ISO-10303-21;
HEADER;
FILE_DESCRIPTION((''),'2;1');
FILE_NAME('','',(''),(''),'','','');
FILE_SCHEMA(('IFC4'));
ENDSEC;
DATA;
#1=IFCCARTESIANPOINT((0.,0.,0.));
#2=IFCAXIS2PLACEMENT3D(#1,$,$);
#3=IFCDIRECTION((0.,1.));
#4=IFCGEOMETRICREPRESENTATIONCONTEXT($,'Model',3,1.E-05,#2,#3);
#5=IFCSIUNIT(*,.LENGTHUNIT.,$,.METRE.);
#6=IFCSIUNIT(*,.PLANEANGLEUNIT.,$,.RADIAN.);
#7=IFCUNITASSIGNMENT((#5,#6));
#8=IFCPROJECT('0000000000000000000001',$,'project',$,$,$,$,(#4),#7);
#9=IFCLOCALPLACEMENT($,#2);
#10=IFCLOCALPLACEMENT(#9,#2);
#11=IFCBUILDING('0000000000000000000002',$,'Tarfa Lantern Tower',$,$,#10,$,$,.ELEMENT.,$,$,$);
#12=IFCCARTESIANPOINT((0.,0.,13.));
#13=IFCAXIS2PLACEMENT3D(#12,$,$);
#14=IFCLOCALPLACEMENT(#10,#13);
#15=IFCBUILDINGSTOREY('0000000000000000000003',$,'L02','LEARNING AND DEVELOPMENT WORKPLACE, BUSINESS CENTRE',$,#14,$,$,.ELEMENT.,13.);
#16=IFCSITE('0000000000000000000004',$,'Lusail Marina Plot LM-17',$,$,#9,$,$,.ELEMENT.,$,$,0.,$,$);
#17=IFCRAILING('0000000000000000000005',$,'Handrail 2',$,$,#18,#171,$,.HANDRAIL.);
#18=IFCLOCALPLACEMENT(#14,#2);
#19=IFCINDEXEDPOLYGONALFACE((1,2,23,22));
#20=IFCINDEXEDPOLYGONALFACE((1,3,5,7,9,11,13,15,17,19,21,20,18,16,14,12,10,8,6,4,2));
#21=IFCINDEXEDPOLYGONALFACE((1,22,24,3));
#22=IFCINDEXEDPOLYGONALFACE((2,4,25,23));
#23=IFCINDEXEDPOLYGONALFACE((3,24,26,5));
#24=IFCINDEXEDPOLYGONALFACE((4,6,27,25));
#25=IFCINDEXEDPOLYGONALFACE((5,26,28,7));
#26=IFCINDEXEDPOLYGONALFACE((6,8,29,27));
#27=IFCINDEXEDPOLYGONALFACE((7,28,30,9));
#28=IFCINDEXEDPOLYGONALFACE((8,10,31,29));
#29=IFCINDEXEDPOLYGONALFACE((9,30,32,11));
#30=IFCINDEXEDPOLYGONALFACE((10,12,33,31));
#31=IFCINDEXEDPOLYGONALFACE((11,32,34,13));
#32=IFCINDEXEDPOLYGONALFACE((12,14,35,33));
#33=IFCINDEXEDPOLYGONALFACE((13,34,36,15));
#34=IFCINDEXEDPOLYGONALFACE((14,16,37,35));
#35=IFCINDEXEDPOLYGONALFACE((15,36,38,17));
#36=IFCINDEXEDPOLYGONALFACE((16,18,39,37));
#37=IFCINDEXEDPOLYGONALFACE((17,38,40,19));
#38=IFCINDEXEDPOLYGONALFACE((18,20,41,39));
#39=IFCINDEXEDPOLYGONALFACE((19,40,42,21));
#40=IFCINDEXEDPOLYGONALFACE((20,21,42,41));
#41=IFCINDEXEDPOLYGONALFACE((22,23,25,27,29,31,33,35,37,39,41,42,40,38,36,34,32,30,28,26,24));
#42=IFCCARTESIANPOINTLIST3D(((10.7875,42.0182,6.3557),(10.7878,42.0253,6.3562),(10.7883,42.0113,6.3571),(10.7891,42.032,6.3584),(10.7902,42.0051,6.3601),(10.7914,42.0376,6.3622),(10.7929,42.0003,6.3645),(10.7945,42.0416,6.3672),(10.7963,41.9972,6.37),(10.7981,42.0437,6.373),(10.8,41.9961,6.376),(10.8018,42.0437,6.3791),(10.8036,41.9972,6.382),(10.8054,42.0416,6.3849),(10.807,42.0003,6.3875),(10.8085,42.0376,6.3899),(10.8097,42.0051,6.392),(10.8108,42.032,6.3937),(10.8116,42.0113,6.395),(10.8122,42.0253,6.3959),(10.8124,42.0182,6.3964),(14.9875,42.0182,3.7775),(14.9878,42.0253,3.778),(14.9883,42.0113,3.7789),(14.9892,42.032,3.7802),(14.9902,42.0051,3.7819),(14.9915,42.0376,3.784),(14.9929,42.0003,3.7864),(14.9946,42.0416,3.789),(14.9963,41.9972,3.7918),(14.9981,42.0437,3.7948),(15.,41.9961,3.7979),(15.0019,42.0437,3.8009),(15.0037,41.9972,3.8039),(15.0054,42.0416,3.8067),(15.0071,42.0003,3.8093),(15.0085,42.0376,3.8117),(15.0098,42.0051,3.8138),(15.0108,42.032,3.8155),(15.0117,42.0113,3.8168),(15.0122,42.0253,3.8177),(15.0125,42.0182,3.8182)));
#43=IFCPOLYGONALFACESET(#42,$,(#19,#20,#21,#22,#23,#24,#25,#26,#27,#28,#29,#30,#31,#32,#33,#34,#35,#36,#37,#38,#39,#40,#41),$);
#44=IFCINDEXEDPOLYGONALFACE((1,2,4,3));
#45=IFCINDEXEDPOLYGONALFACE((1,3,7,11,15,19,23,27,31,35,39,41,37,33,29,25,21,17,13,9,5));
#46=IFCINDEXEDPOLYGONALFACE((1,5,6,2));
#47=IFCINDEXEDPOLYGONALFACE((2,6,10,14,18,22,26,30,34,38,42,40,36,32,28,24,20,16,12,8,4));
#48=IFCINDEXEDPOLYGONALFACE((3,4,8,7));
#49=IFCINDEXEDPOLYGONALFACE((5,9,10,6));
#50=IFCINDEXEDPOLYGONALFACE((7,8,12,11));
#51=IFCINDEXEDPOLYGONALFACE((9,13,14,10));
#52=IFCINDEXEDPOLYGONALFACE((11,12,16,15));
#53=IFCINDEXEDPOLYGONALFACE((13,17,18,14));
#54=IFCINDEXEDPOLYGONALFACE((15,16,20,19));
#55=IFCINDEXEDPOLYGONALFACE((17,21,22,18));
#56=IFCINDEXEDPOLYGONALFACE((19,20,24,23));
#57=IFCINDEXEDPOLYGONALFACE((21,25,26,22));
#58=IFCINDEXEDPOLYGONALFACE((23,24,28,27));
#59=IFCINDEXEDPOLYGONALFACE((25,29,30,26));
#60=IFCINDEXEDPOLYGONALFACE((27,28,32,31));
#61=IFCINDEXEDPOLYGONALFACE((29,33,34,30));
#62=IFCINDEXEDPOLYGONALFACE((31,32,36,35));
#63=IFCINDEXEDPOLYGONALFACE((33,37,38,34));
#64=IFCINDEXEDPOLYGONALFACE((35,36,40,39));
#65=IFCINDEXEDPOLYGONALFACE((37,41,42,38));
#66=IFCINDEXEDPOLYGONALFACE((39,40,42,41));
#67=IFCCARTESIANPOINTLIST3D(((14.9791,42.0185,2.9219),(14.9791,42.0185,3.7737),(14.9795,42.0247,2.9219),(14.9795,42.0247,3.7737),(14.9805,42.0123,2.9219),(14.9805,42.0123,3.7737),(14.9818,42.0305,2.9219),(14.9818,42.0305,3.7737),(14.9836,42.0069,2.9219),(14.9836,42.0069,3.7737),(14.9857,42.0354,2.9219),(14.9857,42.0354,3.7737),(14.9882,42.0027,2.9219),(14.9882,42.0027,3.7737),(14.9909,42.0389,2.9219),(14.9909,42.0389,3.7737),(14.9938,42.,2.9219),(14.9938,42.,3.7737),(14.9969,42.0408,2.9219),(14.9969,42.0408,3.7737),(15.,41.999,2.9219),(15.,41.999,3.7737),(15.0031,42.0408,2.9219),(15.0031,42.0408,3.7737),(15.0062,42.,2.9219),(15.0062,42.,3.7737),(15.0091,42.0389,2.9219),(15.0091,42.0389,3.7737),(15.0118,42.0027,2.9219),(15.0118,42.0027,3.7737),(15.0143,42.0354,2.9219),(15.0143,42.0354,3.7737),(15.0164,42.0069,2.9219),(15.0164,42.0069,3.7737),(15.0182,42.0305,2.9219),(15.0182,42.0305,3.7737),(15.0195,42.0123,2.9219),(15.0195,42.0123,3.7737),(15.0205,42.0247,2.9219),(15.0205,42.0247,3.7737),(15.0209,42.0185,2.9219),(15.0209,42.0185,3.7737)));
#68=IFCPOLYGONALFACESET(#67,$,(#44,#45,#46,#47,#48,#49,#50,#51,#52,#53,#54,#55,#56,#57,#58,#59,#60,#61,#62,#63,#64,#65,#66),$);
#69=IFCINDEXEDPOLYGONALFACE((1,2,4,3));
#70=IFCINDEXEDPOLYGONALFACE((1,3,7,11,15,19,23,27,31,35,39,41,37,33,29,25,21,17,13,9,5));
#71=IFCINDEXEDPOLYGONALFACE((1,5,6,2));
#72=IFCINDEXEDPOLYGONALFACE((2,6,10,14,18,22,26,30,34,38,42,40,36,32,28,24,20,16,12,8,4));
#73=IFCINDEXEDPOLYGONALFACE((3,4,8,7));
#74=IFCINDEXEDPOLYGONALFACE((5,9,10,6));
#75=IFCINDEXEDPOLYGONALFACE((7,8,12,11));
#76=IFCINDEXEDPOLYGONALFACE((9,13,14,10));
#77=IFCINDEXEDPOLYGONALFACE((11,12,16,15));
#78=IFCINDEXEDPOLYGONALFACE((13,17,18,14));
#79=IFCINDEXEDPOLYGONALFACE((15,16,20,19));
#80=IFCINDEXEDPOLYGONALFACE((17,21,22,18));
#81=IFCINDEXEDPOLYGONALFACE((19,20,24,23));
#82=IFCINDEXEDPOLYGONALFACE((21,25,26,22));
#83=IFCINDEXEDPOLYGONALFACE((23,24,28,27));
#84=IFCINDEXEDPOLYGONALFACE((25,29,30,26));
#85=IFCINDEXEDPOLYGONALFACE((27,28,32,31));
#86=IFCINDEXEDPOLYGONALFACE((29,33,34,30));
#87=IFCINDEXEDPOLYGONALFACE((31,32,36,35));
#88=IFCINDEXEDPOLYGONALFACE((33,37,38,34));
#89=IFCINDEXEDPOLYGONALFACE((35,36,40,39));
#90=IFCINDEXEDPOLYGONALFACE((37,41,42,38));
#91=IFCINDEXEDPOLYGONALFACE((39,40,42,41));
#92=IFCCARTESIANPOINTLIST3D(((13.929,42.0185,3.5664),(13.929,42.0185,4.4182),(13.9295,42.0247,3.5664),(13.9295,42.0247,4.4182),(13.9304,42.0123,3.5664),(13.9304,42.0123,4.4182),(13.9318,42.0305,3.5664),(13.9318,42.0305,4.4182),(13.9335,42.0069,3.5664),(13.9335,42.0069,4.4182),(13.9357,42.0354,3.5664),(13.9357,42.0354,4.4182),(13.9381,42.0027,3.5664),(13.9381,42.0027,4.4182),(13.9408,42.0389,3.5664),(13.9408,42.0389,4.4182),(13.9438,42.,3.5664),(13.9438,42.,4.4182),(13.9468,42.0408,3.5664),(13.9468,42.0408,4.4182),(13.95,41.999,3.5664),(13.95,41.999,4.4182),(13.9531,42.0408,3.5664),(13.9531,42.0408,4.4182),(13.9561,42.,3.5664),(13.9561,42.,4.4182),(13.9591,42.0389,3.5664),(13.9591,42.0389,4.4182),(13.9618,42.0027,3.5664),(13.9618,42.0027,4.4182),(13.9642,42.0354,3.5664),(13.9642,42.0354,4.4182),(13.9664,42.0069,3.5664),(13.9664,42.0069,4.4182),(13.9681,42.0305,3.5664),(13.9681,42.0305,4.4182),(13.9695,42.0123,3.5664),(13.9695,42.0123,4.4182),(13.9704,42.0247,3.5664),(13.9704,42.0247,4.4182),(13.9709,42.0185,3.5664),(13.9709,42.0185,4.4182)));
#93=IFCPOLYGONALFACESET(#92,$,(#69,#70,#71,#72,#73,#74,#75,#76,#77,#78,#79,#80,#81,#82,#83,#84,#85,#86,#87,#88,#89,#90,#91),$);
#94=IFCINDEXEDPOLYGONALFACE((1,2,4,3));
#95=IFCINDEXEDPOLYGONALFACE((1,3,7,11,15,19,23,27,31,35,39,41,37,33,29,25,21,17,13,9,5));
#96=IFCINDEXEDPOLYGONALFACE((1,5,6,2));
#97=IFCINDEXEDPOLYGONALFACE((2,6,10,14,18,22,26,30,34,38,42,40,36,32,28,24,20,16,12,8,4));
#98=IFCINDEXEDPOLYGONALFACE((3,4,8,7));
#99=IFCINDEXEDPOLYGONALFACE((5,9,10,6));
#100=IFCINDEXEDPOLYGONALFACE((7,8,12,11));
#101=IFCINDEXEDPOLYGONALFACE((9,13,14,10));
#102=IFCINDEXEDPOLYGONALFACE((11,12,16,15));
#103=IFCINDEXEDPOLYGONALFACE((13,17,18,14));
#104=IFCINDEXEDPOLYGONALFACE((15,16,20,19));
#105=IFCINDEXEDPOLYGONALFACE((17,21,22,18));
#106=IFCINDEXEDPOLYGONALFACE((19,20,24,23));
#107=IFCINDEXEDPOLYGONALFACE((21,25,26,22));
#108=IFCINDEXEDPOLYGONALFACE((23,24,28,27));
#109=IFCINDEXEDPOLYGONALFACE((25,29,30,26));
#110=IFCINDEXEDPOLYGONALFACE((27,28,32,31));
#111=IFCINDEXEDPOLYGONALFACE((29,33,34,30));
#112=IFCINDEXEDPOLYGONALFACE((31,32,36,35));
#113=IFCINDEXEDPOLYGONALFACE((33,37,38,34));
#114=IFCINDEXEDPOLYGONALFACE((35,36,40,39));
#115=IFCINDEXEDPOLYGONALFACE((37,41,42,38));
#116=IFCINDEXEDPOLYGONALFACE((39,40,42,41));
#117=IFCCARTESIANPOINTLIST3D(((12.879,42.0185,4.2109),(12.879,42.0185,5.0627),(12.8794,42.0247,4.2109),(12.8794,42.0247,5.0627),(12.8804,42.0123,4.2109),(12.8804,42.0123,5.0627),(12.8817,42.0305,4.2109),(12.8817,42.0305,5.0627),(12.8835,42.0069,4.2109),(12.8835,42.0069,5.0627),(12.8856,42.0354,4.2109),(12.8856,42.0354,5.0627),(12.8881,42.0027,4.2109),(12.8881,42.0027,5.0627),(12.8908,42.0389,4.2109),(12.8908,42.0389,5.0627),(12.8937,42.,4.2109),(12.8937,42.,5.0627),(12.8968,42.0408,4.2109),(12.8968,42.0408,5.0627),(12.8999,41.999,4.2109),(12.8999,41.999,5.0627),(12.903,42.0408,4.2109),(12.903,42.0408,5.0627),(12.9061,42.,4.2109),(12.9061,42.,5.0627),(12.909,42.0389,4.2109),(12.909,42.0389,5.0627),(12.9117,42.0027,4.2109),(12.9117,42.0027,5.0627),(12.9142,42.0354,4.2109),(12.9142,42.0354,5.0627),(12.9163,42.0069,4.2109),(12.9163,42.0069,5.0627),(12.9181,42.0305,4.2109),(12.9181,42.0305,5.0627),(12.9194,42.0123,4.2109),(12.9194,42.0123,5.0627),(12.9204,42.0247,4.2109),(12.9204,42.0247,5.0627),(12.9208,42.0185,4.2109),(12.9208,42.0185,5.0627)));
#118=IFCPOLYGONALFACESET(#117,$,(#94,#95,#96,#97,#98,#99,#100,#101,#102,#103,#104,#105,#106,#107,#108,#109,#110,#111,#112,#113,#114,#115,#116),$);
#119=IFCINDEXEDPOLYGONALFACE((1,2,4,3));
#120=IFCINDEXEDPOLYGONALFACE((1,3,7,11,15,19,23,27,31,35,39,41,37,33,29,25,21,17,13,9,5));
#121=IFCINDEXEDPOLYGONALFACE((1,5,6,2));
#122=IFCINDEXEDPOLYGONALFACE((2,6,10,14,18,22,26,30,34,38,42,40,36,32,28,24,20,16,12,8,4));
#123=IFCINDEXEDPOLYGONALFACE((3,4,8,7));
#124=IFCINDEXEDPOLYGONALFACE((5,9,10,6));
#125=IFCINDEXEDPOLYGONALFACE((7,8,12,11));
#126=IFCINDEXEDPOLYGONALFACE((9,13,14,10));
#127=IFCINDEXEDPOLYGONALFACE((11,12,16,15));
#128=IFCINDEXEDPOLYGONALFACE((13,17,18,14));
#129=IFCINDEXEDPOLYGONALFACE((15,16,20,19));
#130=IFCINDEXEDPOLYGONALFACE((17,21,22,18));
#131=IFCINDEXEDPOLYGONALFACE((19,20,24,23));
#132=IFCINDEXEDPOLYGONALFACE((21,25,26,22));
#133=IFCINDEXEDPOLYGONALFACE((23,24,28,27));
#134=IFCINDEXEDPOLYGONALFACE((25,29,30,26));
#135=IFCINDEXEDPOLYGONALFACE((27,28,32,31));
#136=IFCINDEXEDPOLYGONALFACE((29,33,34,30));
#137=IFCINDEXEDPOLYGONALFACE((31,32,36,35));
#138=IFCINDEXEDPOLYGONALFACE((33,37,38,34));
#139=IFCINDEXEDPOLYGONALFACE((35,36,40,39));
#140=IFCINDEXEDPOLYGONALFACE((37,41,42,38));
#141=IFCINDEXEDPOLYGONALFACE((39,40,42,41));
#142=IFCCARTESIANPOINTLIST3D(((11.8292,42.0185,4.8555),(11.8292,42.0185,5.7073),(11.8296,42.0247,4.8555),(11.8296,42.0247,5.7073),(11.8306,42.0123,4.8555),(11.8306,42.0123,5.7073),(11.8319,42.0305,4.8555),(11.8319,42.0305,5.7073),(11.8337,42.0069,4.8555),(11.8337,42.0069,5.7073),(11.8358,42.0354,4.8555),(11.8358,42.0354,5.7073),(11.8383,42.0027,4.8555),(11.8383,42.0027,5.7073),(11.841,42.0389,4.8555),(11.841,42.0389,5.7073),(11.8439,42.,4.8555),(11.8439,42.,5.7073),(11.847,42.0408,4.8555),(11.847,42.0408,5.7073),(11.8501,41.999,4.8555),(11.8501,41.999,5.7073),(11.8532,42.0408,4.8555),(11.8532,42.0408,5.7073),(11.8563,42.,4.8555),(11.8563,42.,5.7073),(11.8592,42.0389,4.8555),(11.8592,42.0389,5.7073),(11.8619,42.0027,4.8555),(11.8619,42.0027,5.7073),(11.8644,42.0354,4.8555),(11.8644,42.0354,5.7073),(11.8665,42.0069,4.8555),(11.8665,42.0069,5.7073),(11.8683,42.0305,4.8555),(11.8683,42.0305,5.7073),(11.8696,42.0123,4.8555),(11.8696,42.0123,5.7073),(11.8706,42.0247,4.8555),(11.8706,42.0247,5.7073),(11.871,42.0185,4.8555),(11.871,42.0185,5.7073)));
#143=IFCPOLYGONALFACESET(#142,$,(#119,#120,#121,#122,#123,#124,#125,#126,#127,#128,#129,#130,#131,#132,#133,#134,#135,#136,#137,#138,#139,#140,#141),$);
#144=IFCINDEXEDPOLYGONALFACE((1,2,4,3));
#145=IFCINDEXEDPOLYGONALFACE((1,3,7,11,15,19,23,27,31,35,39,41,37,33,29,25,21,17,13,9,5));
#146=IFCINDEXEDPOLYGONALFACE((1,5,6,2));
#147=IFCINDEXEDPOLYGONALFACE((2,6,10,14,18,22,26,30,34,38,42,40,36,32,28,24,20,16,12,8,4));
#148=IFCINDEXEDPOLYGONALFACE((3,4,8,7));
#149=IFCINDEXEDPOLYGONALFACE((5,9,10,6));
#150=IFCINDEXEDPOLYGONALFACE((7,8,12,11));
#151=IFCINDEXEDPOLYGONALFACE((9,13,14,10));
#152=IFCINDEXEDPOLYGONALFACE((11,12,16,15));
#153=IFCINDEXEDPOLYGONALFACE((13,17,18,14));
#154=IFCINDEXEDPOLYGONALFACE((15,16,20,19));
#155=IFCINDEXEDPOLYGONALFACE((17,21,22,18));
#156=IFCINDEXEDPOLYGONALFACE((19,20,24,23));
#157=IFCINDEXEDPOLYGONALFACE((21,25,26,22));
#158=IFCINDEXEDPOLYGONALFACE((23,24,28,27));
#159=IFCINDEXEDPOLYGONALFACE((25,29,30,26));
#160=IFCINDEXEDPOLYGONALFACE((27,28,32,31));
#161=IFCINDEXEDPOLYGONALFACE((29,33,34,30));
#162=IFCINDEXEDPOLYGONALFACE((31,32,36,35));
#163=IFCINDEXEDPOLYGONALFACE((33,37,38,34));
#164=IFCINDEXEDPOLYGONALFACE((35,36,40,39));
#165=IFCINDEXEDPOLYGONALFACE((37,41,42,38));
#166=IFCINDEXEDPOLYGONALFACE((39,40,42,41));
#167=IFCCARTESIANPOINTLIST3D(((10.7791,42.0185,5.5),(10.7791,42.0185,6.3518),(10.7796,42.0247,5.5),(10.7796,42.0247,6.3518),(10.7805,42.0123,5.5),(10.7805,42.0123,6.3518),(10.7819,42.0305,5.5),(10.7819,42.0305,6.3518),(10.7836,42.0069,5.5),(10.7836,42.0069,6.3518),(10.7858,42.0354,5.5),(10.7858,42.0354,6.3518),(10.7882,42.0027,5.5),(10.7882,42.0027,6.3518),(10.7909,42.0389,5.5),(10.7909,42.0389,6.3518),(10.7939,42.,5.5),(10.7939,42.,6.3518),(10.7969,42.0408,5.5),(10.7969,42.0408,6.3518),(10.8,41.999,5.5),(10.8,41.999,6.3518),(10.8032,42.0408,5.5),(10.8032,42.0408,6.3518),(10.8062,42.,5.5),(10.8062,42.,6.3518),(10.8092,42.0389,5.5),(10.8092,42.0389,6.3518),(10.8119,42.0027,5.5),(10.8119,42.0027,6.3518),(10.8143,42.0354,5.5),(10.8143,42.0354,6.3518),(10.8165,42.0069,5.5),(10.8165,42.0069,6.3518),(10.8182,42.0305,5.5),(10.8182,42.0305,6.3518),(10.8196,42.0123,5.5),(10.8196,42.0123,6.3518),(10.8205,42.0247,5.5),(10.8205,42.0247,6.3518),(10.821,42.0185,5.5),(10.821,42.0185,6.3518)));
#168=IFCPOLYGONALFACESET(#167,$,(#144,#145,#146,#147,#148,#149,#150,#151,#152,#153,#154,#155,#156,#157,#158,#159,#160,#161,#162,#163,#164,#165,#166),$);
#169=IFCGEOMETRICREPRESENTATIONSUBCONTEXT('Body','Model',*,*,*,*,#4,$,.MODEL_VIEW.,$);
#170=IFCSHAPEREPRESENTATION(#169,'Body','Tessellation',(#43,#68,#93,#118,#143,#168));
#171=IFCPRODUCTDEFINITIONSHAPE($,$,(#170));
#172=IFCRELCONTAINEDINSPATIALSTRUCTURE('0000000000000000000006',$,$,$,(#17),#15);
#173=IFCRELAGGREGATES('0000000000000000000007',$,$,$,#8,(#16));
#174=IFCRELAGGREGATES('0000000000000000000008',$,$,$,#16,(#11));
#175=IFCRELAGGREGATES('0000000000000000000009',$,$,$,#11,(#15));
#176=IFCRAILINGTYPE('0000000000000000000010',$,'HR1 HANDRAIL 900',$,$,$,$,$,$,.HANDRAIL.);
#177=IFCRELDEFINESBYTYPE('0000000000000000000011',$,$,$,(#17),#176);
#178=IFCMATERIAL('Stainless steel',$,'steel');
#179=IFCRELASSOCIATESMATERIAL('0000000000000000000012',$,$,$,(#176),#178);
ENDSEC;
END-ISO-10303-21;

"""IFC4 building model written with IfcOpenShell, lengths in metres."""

from ifc_helpers import new_model, si_unit, direction, frame, origin, origin_2d, place, context, subcontext, project, spatial, circle, extrude, material, type_object, element, save


model = new_model("IFC4")

# Units and contexts
model_context = context("Model", 3, precision=1e-05, world=origin(), true_north=direction((0.0, 1.0)))
body_context = subcontext(model_context, "Body", "Model", "MODEL_VIEW")
ifc_project = project(units=[si_unit("LENGTHUNIT", "METRE"), si_unit("PLANEANGLEUNIT", "RADIAN")], contexts=[model_context])

# Site, building, storey
site_placement = place(None, origin())
site = spatial("IfcSite", under=ifc_project, at=site_placement, Name="Lusail Marina Plot LM-17", CompositionType="ELEMENT", RefElevation=0.0)
building_placement = place(site_placement, origin())
building = spatial("IfcBuilding", under=site, at=building_placement, Name="Tarfa Lantern Tower", CompositionType="ELEMENT")
storey_placement = place(building_placement, frame((0.0, 0.0, 13.0)))
storey = spatial("IfcBuildingStorey", under=building, at=storey_placement, Name="L02", Description="LEARNING AND DEVELOPMENT WORKPLACE, BUSINESS CENTRE", CompositionType="ELEMENT", Elevation=13.0)

# Railing
ifc_material_1 = material(Name="Stainless steel", Category="steel")
railing_type = type_object("IfcRailingType", Name="HR1 HANDRAIL 900", PredefinedType="HANDRAIL", material=ifc_material_1)
railing_1_placement = place(storey_placement, frame((15.0, 42.02, 2.9219)))
element("IfcRailing", 1, at=railing_1_placement, inside=storey, type_object=railing_type, Name="Handrail 2", PredefinedType="HANDRAIL", context=body_context, shape_type="SweptSolid", body=[
    extrude(circle(Radius=0.0239, at=origin_2d()), frame((0.0, 0.0, 0.876), z_axis=(-0.852243, 0.0, 0.523146), x_axis=(0.0, -1.0, 0.0)), (0.0, 0.0, 1.0), 4.9282),
    extrude(circle(Radius=0.021, at=origin_2d()), frame((0.0, 0.0, 0.0), z_axis=(0.0, 0.0, 1.0), x_axis=(0.0, -1.0, 0.0)), (0.0, 0.0, 1.0), 0.8518),
    extrude(circle(Radius=0.021, at=origin_2d()), frame((-1.05, 0.0, 0.6445), z_axis=(0.0, 0.0, 1.0), x_axis=(0.0, -1.0, 0.0)), (0.0, 0.0, 1.0), 0.8518),
    extrude(circle(Radius=0.021, at=origin_2d()), frame((-2.1001, 0.0, 1.2891), z_axis=(0.0, 0.0, 1.0), x_axis=(0.0, -1.0, 0.0)), (0.0, 0.0, 1.0), 0.8518),
    extrude(circle(Radius=0.021, at=origin_2d()), frame((-3.1499, 0.0, 1.9336), z_axis=(0.0, 0.0, 1.0), x_axis=(0.0, -1.0, 0.0)), (0.0, 0.0, 1.0), 0.8518),
    extrude(circle(Radius=0.021, at=origin_2d()), frame((-4.2, 0.0, 2.5781), z_axis=(0.0, 0.0, 1.0), x_axis=(0.0, -1.0, 0.0)), (0.0, 0.0, 1.0), 0.8518),
])

save(model, "model.ifc")
